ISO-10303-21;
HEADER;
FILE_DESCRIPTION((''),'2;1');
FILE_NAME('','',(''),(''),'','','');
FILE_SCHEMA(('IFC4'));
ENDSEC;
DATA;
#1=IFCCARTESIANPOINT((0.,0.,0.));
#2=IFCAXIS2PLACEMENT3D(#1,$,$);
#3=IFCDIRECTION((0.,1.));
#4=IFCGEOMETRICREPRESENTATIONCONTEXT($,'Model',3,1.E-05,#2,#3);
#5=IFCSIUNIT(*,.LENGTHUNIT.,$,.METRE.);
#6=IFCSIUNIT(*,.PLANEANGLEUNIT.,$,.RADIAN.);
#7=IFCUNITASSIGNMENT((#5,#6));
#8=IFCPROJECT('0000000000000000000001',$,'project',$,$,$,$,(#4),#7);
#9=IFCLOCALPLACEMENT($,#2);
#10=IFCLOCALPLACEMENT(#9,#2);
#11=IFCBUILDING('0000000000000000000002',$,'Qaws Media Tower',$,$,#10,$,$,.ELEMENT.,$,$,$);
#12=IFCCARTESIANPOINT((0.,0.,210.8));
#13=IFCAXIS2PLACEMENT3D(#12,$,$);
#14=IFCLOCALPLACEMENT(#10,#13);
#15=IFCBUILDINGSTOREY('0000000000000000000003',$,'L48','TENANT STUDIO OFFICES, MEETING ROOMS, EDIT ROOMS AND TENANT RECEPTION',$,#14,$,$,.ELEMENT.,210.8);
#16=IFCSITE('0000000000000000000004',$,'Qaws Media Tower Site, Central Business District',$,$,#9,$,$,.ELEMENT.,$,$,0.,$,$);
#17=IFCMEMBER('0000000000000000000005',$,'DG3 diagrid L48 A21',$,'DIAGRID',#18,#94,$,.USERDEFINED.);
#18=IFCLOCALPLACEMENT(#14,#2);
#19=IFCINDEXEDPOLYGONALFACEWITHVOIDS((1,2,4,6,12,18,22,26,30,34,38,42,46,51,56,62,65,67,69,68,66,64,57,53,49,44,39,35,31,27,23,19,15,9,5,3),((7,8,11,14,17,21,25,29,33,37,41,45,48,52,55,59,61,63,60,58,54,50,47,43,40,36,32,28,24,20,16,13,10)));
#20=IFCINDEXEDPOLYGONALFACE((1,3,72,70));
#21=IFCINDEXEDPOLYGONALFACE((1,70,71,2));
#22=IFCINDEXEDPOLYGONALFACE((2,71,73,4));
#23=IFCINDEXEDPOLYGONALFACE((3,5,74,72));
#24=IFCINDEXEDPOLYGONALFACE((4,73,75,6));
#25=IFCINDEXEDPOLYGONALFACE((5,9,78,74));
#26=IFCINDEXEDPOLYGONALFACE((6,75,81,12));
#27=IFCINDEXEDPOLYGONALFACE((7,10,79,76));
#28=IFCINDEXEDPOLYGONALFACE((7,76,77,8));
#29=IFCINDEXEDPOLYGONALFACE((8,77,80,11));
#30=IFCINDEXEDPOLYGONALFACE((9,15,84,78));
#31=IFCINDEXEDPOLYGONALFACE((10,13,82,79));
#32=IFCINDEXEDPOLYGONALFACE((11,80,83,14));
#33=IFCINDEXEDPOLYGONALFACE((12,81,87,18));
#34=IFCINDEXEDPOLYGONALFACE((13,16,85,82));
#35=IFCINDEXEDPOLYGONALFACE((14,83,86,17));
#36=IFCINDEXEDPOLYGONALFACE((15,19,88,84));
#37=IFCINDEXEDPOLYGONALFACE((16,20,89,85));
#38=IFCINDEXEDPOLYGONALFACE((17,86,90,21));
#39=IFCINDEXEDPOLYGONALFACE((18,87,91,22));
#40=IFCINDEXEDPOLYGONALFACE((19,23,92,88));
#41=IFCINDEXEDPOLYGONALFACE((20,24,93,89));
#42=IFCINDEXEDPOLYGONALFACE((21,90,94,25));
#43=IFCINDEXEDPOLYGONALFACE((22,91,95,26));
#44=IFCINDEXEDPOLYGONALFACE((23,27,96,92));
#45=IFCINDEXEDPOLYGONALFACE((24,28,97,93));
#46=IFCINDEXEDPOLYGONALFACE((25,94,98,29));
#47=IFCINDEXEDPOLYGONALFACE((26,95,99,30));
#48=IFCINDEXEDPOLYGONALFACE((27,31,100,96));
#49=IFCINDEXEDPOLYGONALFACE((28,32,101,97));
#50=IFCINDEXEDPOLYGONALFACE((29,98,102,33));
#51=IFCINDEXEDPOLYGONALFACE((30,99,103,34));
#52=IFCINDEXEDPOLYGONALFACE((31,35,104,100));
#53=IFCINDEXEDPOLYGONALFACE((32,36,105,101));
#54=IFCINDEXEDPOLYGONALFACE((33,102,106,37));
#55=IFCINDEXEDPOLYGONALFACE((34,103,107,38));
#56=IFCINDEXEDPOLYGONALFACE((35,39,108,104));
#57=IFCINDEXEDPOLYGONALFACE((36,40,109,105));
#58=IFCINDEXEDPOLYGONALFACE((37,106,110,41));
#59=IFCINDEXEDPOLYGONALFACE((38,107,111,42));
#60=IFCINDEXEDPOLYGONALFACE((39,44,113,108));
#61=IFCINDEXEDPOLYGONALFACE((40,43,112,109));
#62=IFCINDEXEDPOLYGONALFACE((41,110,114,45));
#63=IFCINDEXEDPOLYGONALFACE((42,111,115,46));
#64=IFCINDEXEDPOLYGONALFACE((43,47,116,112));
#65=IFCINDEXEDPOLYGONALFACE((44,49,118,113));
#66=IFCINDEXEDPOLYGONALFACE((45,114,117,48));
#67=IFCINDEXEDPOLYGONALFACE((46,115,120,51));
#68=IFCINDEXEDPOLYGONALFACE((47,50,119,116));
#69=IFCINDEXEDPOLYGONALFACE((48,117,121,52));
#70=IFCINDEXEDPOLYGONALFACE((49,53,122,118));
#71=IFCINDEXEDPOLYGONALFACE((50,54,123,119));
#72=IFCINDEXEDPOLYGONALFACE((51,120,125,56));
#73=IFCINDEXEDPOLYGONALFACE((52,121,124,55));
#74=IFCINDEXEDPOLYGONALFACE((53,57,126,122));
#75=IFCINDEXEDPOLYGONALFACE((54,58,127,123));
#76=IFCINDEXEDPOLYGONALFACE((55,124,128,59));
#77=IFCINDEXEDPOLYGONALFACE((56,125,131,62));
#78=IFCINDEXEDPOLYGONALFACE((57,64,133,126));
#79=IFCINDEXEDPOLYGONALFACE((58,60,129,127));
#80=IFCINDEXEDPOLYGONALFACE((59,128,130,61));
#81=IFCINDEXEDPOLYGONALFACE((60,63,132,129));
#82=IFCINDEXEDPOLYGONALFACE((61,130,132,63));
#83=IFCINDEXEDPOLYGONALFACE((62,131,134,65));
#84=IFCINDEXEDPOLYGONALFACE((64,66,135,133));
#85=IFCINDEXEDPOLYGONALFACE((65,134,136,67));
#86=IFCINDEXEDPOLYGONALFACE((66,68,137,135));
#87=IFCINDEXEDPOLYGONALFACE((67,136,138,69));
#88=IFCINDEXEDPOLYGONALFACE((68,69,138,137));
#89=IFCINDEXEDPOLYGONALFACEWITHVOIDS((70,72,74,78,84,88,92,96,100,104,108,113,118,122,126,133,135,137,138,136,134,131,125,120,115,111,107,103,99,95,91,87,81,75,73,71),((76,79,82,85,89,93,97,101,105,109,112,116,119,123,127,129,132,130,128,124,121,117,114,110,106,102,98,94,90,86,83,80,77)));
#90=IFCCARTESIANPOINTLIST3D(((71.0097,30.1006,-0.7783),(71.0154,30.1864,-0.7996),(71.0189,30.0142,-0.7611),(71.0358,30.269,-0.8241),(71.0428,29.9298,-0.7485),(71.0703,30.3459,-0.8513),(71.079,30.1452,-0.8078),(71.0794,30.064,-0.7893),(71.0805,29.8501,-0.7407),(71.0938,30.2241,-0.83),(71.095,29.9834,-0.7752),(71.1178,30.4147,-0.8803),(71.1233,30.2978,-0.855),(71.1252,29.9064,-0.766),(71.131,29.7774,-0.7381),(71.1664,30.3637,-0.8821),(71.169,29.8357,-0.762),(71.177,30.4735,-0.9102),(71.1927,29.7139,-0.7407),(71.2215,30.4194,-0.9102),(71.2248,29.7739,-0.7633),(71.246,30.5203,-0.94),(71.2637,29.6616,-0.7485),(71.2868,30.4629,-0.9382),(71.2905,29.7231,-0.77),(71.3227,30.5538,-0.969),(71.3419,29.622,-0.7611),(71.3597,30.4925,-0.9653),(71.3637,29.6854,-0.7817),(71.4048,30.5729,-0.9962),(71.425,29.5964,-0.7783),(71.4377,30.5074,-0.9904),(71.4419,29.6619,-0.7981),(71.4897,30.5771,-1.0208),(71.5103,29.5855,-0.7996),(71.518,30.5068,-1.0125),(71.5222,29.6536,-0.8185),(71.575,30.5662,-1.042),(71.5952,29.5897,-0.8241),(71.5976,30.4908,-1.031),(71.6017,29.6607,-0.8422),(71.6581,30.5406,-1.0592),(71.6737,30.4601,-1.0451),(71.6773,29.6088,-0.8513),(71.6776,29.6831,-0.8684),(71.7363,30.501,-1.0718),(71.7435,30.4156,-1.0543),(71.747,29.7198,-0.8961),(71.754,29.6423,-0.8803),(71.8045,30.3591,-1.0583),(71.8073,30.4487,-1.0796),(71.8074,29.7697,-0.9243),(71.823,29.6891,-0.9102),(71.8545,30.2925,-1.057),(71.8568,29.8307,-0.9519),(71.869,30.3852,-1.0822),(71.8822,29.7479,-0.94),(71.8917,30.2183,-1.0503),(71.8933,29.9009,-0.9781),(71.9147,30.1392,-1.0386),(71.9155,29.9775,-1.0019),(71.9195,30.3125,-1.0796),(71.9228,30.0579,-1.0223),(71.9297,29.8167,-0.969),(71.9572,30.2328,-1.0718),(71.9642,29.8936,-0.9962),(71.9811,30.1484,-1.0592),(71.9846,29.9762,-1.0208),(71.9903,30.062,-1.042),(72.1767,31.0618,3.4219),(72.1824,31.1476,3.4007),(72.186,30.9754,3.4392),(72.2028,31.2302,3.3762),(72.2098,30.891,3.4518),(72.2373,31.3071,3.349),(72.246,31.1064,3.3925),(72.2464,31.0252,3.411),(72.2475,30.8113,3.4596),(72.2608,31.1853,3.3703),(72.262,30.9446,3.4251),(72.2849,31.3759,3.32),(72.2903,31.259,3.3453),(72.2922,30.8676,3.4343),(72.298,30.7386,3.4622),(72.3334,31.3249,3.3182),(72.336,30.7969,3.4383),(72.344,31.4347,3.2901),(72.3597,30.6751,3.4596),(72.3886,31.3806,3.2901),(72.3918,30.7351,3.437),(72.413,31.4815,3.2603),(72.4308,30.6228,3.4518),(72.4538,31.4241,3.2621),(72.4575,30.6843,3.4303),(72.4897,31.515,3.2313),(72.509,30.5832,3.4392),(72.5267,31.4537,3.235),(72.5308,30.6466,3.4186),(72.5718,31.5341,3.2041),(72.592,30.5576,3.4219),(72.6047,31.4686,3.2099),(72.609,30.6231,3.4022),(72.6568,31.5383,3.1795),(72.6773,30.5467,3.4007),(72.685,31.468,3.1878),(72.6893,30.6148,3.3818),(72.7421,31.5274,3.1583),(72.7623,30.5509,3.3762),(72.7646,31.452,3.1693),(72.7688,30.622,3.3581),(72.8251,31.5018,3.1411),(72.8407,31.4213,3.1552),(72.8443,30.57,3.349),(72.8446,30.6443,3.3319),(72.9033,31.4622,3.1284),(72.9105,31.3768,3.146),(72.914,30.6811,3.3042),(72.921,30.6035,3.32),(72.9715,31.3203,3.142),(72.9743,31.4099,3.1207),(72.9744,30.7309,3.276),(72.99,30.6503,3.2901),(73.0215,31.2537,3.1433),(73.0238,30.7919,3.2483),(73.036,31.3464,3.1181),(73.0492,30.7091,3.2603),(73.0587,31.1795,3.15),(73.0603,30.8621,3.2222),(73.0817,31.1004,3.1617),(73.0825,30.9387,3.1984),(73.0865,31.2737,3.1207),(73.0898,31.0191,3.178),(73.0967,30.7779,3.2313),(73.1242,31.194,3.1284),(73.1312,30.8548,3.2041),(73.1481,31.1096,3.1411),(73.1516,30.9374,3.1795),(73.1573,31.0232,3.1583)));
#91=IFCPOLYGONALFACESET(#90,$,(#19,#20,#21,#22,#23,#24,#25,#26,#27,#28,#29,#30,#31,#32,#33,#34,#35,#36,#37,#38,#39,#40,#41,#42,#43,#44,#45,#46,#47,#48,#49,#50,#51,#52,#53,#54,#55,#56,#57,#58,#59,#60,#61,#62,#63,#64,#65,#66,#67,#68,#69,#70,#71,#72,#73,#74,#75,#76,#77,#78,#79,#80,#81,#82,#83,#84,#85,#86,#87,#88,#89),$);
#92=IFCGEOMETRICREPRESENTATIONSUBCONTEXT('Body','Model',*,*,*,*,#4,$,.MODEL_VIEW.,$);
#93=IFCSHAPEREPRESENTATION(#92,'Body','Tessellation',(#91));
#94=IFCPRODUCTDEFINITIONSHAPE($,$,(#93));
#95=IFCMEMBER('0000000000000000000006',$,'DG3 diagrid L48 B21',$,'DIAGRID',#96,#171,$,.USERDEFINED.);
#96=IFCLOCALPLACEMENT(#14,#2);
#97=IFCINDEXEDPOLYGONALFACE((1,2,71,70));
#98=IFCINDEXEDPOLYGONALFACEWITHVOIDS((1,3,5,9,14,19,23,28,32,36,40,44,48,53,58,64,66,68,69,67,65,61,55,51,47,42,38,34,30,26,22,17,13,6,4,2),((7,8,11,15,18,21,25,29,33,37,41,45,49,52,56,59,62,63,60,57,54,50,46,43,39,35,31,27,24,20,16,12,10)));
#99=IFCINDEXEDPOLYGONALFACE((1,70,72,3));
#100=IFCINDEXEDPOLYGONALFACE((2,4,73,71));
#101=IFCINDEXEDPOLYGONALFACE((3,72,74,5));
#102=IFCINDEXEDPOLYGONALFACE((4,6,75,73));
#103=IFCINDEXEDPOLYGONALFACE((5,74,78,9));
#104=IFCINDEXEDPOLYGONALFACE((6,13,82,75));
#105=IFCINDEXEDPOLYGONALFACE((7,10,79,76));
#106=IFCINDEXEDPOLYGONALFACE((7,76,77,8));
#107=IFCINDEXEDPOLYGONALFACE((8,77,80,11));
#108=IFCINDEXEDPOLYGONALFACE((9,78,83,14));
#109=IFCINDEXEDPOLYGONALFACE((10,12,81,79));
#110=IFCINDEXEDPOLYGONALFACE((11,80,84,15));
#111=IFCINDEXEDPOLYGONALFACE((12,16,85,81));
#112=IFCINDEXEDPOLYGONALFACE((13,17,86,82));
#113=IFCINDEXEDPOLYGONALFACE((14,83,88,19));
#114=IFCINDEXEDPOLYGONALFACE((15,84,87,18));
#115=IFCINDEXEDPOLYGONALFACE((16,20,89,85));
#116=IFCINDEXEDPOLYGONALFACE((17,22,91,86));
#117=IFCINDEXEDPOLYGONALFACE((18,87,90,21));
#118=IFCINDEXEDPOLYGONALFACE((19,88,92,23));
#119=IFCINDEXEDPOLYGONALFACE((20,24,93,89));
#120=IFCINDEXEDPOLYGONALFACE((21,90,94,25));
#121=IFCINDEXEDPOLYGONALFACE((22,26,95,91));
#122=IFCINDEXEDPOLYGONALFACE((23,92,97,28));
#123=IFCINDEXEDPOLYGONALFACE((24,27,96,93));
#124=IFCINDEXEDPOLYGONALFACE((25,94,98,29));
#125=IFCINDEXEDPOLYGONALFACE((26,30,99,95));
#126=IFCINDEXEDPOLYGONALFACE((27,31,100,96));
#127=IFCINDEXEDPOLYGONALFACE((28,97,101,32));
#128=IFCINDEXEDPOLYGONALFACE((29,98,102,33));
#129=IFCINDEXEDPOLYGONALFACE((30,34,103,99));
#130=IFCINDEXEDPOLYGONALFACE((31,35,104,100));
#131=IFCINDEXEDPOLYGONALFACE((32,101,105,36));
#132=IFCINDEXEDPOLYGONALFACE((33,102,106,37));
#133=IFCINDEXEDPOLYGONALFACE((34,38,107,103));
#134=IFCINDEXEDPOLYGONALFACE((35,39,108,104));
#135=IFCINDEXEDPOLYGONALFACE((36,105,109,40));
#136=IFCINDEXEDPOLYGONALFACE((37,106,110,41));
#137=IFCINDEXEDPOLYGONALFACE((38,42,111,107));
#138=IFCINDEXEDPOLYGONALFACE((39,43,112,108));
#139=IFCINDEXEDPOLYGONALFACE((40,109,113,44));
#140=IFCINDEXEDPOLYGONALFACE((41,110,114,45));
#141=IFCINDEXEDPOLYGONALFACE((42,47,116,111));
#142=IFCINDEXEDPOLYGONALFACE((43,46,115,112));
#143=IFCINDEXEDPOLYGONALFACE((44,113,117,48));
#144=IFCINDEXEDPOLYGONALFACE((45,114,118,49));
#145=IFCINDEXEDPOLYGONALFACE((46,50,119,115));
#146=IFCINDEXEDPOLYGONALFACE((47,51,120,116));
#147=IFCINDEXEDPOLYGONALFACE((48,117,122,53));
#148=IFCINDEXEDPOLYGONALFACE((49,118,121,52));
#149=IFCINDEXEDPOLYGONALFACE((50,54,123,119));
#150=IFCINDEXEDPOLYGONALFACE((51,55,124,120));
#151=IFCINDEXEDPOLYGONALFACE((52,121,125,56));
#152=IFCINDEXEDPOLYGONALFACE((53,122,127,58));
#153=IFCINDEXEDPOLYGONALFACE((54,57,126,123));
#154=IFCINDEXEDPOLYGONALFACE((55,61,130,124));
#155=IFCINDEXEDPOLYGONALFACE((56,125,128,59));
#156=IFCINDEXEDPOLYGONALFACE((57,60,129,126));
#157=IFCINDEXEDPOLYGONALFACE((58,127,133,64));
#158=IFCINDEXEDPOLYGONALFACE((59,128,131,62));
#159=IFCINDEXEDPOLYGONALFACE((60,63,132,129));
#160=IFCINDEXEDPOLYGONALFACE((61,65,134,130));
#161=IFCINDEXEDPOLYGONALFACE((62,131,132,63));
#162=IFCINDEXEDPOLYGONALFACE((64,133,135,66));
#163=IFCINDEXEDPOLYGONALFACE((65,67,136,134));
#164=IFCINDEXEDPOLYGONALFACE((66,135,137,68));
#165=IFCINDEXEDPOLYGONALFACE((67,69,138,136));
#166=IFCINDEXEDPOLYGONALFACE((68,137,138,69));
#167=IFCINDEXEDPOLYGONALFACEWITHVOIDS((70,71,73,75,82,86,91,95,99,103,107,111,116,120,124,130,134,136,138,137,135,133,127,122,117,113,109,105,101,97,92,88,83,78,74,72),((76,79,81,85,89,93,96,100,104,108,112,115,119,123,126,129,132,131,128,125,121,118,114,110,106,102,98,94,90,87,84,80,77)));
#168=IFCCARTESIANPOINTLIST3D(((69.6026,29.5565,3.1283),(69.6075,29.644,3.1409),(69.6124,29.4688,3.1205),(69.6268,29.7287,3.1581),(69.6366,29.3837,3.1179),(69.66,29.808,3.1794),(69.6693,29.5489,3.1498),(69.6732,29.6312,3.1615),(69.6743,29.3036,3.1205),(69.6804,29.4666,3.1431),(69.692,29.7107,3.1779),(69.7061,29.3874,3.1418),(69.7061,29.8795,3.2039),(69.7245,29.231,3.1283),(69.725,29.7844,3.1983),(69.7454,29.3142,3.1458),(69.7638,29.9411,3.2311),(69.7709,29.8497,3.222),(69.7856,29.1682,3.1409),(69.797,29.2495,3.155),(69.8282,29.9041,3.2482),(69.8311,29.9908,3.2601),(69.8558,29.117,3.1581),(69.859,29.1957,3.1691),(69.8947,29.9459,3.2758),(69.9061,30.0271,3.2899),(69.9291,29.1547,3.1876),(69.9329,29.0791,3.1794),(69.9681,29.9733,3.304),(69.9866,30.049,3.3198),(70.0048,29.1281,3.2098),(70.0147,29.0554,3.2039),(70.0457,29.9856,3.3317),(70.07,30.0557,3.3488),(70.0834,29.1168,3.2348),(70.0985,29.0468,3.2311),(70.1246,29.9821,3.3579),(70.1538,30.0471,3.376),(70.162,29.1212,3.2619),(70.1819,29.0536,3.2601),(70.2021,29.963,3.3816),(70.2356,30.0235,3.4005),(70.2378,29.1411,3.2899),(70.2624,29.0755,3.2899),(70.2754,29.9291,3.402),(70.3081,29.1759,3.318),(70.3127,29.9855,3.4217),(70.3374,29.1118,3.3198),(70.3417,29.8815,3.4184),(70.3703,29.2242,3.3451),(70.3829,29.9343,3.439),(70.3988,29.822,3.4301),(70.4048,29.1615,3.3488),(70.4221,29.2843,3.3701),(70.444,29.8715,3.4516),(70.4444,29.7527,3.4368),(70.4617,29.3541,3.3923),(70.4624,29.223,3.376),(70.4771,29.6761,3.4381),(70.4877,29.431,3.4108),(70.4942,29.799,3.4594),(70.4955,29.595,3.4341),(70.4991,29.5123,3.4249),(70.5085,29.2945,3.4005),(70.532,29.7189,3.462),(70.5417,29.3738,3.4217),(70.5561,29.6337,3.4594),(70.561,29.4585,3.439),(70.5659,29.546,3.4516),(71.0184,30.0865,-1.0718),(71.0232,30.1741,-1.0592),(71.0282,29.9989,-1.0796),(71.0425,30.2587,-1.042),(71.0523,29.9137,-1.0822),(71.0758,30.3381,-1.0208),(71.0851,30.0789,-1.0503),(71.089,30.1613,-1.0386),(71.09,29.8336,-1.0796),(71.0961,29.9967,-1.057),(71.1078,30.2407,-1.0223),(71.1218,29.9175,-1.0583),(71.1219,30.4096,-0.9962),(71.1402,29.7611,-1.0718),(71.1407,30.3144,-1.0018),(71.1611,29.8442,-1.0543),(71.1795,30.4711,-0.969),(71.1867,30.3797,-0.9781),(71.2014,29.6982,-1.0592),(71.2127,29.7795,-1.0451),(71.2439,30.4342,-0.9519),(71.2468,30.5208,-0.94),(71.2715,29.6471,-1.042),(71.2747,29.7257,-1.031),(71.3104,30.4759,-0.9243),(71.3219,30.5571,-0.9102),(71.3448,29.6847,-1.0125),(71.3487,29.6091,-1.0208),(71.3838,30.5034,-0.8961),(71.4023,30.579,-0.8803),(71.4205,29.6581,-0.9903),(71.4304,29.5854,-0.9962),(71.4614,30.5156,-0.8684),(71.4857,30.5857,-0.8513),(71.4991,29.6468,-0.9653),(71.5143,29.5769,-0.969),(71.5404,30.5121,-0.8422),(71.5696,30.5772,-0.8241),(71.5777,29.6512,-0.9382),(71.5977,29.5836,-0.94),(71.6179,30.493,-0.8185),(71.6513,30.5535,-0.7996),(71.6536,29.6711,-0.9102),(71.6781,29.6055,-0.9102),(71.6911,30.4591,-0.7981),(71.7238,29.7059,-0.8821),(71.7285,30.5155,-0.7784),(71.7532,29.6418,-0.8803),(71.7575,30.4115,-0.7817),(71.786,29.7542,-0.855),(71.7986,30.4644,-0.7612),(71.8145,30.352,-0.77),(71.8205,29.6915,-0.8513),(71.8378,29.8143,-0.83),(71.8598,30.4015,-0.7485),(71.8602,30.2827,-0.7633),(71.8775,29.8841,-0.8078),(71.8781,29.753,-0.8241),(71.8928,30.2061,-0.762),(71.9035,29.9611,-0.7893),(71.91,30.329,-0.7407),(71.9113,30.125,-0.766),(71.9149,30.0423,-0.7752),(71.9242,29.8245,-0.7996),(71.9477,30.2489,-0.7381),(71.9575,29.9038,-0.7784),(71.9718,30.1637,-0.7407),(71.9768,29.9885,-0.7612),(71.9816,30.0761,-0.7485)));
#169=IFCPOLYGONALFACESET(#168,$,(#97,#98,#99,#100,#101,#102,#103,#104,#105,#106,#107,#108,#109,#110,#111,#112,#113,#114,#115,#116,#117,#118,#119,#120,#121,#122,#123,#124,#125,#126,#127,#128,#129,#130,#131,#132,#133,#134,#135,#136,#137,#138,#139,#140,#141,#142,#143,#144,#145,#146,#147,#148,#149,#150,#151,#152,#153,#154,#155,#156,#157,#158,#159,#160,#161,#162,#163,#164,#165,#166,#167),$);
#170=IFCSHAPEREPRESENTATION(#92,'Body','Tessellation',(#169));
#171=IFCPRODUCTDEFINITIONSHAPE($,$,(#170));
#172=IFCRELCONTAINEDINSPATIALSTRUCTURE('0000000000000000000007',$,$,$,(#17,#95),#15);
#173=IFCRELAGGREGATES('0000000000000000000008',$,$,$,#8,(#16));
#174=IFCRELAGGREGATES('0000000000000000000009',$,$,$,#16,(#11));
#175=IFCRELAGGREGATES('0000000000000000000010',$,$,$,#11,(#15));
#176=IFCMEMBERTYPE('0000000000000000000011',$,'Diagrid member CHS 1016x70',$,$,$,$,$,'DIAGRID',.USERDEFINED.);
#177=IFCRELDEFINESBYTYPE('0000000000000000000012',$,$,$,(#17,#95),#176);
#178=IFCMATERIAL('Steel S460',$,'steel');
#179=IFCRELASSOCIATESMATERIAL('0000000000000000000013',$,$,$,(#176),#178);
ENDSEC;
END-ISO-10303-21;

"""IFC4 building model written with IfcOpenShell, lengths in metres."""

from ifc_helpers import new_model, si_unit, direction, frame, origin, origin_2d, place, context, subcontext, project, spatial, hollow_circle, extrude, material, material_profile, profile_set, type_object, element, save


model = new_model("IFC4")

# Units and contexts
model_context = context("Model", 3, precision=1e-05, world=origin(), true_north=direction((0.0, 1.0)))
body_context = subcontext(model_context, "Body", "Model", "MODEL_VIEW")
ifc_project = project(units=[si_unit("LENGTHUNIT", "METRE"), si_unit("PLANEANGLEUNIT", "RADIAN")], contexts=[model_context])

# Site, building, storey
site_placement = place(None, origin())
site = spatial("IfcSite", under=ifc_project, at=site_placement, Name="Qaws Media Tower Site, Central Business District", CompositionType="ELEMENT", RefElevation=0.0)
building_placement = place(site_placement, origin())
building = spatial("IfcBuilding", under=site, at=building_placement, Name="Qaws Media Tower", CompositionType="ELEMENT")
storey_placement = place(building_placement, frame((0.0, 0.0, 210.8)))
storey = spatial("IfcBuildingStorey", under=building, at=storey_placement, Name="L48", Description="TENANT STUDIO OFFICES, MEETING ROOMS, EDIT ROOMS AND TENANT RECEPTION", CompositionType="ELEMENT", Elevation=210.8)

# Members
ifc_material_1 = material(Name="Steel S460", Category="steel")
ifc_material_profile_1 = material_profile(ifc_material_1, hollow_circle(Radius=0.5081, WallThickness=0.0701, at=origin_2d()), Name="CHS 1016x70")
ifc_profile_set_1 = profile_set([ifc_material_profile_1], Name="Steel S460")
member_type_1 = type_object("IfcMemberType", Name="Diagrid member CHS 1016x70", ElementType="DIAGRID", PredefinedType="USERDEFINED", material=ifc_profile_set_1)
member_1_placement = place(storey_placement, frame((71.5, 30.0813, -0.9102), z_axis=(0.261422, 0.215318, 0.940902), x_axis=(-0.635758, 0.771888, 0.0)))
element("IfcMember", 1, at=member_1_placement, inside=storey, type_object=member_type_1, Name="DG3 diagrid L48 A21", ObjectType="DIAGRID", PredefinedType="USERDEFINED", context=body_context, shape_type="SweptSolid", body=[
    extrude(hollow_circle(Radius=0.5081, WallThickness=0.0701, at=origin_2d()), origin(), (0.0, 0.0, 1.0), 4.4641),
])
for number, where, z_axis, x_axis, name in (
    (2, (71.5, 30.0813, -0.9102), (-0.317156, -0.118735, 0.940911), (0.35061, -0.936522, 0.0), "DG3 diagrid L48 B21"),
):
    element("IfcMember", number, at=place(storey_placement, frame(where, z_axis=z_axis, x_axis=x_axis)), inside=storey, type_object=member_type_1, Name=name, ObjectType="DIAGRID", PredefinedType="USERDEFINED", context=body_context, shape_type="SweptSolid", body=[
        extrude(hollow_circle(Radius=0.5081, WallThickness=0.0701, at=origin_2d()), origin(), (0.0, 0.0, 1.0), 4.4639),
    ])

save(model, "model.ifc")
